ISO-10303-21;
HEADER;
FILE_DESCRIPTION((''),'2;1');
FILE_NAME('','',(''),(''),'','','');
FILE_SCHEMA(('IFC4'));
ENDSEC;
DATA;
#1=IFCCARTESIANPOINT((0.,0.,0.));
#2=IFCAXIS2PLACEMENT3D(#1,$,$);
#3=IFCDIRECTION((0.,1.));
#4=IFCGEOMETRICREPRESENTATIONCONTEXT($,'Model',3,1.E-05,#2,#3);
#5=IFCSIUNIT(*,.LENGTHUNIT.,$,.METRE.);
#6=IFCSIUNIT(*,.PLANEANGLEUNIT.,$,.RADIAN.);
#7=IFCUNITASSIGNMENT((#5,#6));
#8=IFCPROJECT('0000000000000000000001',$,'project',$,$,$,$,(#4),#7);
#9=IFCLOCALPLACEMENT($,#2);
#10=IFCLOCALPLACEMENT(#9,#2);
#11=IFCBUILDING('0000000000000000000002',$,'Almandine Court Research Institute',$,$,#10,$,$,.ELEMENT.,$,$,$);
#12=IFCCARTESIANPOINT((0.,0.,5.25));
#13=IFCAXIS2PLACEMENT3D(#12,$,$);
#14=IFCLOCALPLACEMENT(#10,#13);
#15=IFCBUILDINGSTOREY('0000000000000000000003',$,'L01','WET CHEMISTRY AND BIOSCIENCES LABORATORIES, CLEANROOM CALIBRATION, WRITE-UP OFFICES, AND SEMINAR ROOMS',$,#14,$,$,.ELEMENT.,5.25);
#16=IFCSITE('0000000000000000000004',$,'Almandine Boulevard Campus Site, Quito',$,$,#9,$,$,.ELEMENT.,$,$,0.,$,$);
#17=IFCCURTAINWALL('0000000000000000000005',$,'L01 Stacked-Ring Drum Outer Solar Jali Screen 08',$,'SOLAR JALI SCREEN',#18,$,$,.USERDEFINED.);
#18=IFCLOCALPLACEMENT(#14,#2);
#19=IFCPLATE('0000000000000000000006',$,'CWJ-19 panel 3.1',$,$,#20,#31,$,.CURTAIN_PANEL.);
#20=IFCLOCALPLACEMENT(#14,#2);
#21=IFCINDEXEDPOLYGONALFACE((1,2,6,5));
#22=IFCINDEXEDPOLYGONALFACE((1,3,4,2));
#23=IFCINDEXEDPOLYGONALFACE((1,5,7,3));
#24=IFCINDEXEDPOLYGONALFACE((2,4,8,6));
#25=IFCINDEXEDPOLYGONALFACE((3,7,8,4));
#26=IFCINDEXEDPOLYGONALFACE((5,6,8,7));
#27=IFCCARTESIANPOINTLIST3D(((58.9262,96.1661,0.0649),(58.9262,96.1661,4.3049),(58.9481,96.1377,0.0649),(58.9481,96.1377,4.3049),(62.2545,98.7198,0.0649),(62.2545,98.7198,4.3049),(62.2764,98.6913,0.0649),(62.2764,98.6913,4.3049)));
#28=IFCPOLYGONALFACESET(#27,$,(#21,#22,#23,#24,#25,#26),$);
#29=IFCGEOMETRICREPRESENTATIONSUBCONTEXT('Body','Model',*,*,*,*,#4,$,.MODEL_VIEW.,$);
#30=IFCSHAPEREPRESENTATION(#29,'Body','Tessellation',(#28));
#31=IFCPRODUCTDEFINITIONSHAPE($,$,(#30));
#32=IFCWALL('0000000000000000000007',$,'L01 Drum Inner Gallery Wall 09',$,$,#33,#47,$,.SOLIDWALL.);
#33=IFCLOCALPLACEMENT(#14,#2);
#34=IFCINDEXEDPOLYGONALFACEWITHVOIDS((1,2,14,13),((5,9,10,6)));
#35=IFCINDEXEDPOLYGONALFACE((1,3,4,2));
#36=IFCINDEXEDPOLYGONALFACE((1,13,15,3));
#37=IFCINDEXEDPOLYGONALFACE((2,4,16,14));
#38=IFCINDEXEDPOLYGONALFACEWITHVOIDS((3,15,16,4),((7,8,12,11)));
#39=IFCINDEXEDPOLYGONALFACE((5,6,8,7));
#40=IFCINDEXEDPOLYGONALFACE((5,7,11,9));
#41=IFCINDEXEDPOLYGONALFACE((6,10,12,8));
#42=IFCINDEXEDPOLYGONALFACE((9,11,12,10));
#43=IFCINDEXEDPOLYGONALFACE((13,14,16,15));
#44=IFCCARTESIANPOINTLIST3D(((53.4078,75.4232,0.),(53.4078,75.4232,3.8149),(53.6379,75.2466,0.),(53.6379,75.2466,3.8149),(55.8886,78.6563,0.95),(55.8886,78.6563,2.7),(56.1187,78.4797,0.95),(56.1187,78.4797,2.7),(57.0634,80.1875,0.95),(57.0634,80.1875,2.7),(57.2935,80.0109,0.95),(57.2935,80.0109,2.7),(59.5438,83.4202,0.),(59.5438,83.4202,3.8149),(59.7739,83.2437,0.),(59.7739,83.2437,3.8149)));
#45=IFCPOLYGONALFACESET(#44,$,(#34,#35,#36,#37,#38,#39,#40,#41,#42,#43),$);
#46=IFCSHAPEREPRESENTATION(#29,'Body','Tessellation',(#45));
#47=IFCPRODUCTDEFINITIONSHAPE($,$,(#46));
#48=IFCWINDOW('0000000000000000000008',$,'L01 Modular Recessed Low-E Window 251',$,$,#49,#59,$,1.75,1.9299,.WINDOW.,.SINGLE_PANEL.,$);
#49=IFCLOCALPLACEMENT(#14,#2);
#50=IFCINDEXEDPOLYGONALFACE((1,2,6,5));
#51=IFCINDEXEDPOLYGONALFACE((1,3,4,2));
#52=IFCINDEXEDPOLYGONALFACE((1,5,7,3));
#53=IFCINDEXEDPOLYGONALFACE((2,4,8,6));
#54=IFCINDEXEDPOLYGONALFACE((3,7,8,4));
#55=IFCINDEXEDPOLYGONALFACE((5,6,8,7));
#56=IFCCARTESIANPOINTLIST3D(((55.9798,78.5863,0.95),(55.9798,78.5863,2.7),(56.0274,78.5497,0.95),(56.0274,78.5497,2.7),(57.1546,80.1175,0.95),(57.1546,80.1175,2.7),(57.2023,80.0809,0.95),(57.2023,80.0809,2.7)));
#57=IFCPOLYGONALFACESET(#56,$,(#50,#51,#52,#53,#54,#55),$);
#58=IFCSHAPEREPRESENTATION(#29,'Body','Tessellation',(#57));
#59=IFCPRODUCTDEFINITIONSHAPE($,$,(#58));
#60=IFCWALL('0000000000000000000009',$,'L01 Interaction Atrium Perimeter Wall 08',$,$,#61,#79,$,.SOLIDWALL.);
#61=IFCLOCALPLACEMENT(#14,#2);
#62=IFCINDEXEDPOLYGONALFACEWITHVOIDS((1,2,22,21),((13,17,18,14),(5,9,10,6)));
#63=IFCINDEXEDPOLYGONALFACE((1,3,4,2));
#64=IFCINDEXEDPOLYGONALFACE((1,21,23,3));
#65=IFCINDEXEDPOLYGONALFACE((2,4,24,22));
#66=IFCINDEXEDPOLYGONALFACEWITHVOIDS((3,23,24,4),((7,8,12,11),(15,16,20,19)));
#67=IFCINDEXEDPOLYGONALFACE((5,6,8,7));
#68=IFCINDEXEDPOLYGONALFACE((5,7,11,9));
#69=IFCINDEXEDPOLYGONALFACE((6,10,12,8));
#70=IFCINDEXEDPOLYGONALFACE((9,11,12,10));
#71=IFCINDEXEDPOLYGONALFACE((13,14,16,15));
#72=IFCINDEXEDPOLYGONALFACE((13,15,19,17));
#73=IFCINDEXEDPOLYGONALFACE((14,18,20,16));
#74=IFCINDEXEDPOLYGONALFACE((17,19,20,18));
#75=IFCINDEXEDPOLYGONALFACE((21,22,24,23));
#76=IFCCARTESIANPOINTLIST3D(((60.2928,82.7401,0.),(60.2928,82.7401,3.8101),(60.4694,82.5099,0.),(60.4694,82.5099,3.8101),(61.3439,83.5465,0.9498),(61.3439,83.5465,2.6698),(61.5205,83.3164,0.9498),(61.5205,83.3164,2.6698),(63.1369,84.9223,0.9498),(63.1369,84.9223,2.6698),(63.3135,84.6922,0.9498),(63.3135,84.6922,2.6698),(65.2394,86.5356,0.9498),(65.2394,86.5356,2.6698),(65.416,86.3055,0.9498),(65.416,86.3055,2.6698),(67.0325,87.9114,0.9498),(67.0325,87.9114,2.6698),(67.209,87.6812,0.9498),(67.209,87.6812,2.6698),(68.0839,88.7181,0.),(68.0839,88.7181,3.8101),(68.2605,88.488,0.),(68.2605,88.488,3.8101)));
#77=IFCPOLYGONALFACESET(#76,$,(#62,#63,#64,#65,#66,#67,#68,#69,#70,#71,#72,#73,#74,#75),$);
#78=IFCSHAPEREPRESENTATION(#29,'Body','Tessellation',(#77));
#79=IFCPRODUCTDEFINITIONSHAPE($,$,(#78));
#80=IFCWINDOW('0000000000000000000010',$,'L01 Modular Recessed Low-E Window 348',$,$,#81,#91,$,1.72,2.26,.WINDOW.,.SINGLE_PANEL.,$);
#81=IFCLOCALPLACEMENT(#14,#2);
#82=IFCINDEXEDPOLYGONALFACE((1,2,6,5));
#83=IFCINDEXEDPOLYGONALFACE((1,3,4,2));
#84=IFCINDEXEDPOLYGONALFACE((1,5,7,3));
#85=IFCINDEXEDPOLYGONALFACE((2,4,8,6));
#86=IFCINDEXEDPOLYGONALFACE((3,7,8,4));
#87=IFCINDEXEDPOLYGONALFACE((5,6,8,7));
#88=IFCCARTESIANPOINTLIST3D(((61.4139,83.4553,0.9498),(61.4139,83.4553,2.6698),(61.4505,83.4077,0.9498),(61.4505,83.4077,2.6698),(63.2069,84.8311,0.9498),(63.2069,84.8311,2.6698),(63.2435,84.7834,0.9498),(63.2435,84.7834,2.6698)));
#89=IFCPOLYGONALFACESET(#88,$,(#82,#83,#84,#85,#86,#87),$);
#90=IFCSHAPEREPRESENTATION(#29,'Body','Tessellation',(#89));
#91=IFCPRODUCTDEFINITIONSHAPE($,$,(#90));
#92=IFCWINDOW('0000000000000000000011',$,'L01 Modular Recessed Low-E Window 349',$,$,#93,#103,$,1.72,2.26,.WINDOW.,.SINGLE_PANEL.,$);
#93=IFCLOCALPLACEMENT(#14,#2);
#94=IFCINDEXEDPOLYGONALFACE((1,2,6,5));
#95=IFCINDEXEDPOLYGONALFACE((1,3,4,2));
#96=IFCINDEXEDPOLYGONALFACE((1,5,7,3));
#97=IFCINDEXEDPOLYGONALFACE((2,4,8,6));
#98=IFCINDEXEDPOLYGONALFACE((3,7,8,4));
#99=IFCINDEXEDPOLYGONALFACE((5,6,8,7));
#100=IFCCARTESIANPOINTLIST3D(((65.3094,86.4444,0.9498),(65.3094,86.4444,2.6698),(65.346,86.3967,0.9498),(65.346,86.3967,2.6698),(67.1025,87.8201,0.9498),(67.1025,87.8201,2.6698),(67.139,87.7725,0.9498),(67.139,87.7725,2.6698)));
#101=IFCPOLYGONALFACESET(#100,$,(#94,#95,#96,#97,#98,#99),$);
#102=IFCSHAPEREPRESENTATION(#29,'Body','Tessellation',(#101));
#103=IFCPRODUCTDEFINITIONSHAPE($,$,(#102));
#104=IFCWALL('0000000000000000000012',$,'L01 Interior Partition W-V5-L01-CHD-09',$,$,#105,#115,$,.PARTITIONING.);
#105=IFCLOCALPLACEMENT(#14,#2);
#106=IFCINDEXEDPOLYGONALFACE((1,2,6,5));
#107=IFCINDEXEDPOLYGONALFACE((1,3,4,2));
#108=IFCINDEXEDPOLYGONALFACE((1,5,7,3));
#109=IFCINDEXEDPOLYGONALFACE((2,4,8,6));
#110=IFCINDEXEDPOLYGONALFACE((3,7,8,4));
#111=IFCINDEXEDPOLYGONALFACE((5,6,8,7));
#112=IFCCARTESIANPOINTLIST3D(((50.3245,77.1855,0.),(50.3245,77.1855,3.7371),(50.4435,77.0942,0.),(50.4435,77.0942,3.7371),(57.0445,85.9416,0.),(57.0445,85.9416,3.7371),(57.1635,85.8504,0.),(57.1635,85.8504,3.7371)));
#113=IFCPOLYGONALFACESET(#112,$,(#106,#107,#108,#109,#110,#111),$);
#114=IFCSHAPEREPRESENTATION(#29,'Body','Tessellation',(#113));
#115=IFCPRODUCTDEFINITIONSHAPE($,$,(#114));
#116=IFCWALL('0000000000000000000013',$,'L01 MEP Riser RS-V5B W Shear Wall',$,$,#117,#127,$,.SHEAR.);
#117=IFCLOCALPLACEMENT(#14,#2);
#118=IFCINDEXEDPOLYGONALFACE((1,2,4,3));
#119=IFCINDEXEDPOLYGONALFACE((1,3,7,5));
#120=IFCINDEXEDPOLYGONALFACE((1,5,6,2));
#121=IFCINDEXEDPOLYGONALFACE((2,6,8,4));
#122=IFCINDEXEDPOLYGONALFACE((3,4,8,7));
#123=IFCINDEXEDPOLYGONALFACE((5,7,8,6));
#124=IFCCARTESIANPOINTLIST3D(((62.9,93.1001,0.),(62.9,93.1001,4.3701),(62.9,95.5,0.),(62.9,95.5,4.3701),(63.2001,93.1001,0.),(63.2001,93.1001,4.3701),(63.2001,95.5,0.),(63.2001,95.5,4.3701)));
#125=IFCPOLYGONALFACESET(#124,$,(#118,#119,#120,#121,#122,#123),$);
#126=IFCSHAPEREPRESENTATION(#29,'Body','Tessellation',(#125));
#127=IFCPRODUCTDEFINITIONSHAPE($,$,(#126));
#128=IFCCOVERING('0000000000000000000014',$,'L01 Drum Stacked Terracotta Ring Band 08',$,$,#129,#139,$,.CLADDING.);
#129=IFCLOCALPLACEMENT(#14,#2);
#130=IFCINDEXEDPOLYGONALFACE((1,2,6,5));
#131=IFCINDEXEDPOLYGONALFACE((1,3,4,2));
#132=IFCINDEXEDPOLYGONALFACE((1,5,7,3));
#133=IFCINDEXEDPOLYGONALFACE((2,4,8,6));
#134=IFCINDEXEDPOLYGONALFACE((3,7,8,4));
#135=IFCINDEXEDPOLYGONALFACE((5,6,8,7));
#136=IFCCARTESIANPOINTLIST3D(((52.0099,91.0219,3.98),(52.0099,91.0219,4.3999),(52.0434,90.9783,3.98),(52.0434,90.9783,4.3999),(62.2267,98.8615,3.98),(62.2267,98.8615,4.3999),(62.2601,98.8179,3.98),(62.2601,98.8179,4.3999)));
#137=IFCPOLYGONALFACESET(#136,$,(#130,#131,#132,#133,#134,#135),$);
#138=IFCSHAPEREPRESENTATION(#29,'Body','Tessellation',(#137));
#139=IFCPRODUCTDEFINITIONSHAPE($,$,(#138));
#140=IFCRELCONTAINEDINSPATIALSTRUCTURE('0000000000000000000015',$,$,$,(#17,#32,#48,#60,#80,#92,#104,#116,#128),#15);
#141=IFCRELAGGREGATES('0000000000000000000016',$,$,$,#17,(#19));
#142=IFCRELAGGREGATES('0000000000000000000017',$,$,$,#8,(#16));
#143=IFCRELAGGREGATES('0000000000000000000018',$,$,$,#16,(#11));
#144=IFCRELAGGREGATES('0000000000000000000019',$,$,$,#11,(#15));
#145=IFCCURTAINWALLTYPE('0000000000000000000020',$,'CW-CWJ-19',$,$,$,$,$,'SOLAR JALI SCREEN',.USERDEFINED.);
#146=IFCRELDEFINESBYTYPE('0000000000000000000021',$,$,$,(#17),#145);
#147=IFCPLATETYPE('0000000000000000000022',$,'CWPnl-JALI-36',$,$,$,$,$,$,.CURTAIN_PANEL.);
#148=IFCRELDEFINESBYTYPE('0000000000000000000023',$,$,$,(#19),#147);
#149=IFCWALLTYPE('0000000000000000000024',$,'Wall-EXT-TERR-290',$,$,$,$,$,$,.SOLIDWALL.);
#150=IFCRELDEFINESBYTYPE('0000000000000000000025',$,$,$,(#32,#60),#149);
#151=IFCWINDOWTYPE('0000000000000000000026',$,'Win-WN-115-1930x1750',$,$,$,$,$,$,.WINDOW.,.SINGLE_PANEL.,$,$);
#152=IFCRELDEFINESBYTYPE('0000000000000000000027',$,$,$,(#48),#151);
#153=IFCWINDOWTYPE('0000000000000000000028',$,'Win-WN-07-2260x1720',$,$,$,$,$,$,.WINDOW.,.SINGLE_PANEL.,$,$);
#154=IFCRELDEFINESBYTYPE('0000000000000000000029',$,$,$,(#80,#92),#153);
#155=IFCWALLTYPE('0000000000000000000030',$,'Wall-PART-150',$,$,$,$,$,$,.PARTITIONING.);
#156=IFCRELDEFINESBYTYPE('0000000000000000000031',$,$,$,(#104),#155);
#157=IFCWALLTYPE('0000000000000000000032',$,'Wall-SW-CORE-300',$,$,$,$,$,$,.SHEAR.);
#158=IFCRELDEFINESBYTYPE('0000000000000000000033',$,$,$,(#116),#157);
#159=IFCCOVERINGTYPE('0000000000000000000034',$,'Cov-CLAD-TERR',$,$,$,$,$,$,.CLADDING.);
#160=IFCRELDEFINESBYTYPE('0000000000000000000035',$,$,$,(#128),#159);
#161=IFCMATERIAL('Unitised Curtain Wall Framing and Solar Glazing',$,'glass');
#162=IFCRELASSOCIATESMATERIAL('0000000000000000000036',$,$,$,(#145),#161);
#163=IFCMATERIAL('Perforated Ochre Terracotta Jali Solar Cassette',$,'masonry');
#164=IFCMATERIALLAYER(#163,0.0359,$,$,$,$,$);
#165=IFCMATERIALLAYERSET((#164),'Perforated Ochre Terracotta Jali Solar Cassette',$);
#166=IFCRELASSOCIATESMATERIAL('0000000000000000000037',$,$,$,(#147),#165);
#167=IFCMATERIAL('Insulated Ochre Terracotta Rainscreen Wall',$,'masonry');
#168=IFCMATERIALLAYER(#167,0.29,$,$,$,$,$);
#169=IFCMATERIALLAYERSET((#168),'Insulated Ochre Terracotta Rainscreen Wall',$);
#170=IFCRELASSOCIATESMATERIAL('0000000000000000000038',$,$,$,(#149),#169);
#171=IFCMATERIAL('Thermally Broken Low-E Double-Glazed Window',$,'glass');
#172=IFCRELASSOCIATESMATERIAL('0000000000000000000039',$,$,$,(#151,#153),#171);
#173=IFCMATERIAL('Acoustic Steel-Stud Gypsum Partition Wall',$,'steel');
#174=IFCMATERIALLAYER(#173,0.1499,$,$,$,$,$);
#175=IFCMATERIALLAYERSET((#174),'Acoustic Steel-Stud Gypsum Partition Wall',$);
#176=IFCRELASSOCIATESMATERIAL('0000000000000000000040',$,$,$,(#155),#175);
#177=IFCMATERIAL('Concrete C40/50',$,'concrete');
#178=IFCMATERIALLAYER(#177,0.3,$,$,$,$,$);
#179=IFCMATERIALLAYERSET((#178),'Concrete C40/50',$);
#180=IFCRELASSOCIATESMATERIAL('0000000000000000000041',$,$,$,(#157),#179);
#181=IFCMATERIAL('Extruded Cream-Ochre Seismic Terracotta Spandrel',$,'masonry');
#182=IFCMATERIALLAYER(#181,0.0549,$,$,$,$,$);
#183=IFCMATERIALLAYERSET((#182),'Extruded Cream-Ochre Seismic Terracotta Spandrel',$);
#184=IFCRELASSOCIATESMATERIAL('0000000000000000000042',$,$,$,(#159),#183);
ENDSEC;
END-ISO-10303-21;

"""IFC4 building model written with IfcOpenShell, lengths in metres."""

from ifc_helpers import new_model, si_unit, direction, frame, frame_2d, origin, origin_2d, place, context, subcontext, project, spatial, rectangle, extrude, material, layer, layer_set, type_object, element, fill, aggregate, save


model = new_model("IFC4")

# Units and contexts
model_context = context("Model", 3, precision=1e-05, world=origin(), true_north=direction((0.0, 1.0)))
body_context = subcontext(model_context, "Body", "Model", "MODEL_VIEW")
ifc_project = project(units=[si_unit("LENGTHUNIT", "METRE"), si_unit("PLANEANGLEUNIT", "RADIAN")], contexts=[model_context])

# Site, building, storey
site_placement = place(None, origin())
site = spatial("IfcSite", under=ifc_project, at=site_placement, Name="Almandine Boulevard Campus Site, Quito", CompositionType="ELEMENT", RefElevation=0.0)
building_placement = place(site_placement, origin())
building = spatial("IfcBuilding", under=site, at=building_placement, Name="Almandine Court Research Institute", CompositionType="ELEMENT")
storey_placement = place(building_placement, frame((0.0, 0.0, 5.25)))
storey = spatial("IfcBuildingStorey", under=building, at=storey_placement, Name="L01", Description="WET CHEMISTRY AND BIOSCIENCES LABORATORIES, CLEANROOM CALIBRATION, WRITE-UP OFFICES, AND SEMINAR ROOMS", CompositionType="ELEMENT", Elevation=5.25)

# Shared definitions
ifc_material_1 = material(Name="Unitised Curtain Wall Framing and Solar Glazing", Category="glass")

# Curtain wall
curtain_wall_type_1 = type_object("IfcCurtainWallType", Name="CW-CWJ-19", ElementType="SOLAR JALI SCREEN", PredefinedType="USERDEFINED", material=ifc_material_1)
curtain_wall_1_placement = place(storey_placement, origin())
curtain_wall_1 = element("IfcCurtainWall", 1, at=curtain_wall_1_placement, inside=storey, type_object=curtain_wall_type_1, Name="L01 Stacked-Ring Drum Outer Solar Jali Screen 08", ObjectType="SOLAR JALI SCREEN", PredefinedType="USERDEFINED")

# Plate
ifc_material_2 = material(Name="Perforated Ochre Terracotta Jali Solar Cassette", Category="masonry")
ifc_layer_1 = layer(ifc_material_2, 0.0359)
ifc_layer_set_1 = layer_set([ifc_layer_1], Name="Perforated Ochre Terracotta Jali Solar Cassette")
plate_type = type_object("IfcPlateType", Name="CWPnl-JALI-36", PredefinedType="CURTAIN_PANEL", material=ifc_layer_set_1)
plate_1_placement = place(storey_placement, frame((60.6013, 97.4287, 0.0649), z_axis=(0.0, 0.0, 1.0), x_axis=(0.793383, 0.608723, 0.0)))
plate_1 = element("IfcPlate", 2, at=plate_1_placement, type_object=plate_type, Name="CWJ-19 panel 3.1", PredefinedType="CURTAIN_PANEL", context=body_context, shape_type="SweptSolid", body=[
    extrude(rectangle(XDim=4.1951, YDim=0.0359, at=origin_2d()), origin(), (0.0, 0.0, 1.0), 4.24),
])
aggregate(curtain_wall_1, [plate_1])

# Wall, opening, window
ifc_material_3 = material(Name="Insulated Ochre Terracotta Rainscreen Wall", Category="masonry")
ifc_layer_2 = layer(ifc_material_3, 0.29)
ifc_layer_set_2 = layer_set([ifc_layer_2], Name="Insulated Ochre Terracotta Rainscreen Wall")
wall_type_1 = type_object("IfcWallType", Name="Wall-EXT-TERR-290", PredefinedType="SOLIDWALL", material=ifc_layer_set_2)
wall_1_placement = place(storey_placement, frame((59.6589, 83.332, 0.0), z_axis=(0.0, 0.0, 1.0), x_axis=(-0.608738, -0.793372, 0.0)))
wall_1 = element("IfcWall", 3, at=wall_1_placement, inside=storey, type_object=wall_type_1, Name="L01 Drum Inner Gallery Wall 09", PredefinedType="SOLIDWALL", context=body_context, shape_type="SweptSolid", body=[
    extrude(rectangle(XDim=10.0798, YDim=0.29, at=frame_2d((5.04, 0.0))), origin(), (0.0, 0.0, 1.0), 3.8149),
])
opening_1_placement = place(wall_1_placement, frame((4.075, 0.0, 0.95)))
opening_1 = element("IfcOpeningElement", 4, at=opening_1_placement, cuts=wall_1, PredefinedType="OPENING", context=body_context, shape_type="SweptSolid", body=[
    extrude(rectangle(XDim=1.9299, YDim=1.75, at=frame_2d((0.9648, 0.875))), frame((0.0, 0.155, 0.0), z_axis=(0.0, -1.0, 0.0), x_axis=(1.0, 0.0, 0.0)), (0.0, 0.0, 1.0), 0.3101),
])
ifc_material_4 = material(Name="Thermally Broken Low-E Double-Glazed Window", Category="glass")
window_type_1 = type_object("IfcWindowType", Name="Win-WN-115-1930x1750", PartitioningType="SINGLE_PANEL", PredefinedType="WINDOW", material=ifc_material_4)
window_1_placement = place(opening_1_placement, origin())
window_1 = element("IfcWindow", 5, at=window_1_placement, inside=storey, type_object=window_type_1, Name="L01 Modular Recessed Low-E Window 251", OverallHeight=1.75, OverallWidth=1.9299, PartitioningType="SINGLE_PANEL", PredefinedType="WINDOW", context=body_context, shape_type="SweptSolid", body=[
    extrude(rectangle(XDim=1.9299, YDim=1.75, at=frame_2d((0.9648, 0.875))), frame((0.0, 0.03, 0.0), z_axis=(0.0, -1.0, 0.0), x_axis=(1.0, 0.0, 0.0)), (0.0, 0.0, 1.0), 0.0601),
])
fill(opening_1, window_1)

# Wall, openings, windows
wall_2_placement = place(storey_placement, frame((60.3811, 82.625, 0.0), z_axis=(0.0, 0.0, 1.0), x_axis=(0.793365, 0.608747, 0.0)))
wall_2 = element("IfcWall", 6, at=wall_2_placement, inside=storey, type_object=wall_type_1, Name="L01 Interaction Atrium Perimeter Wall 08", PredefinedType="SOLIDWALL", context=body_context, shape_type="SweptSolid", body=[
    extrude(rectangle(XDim=9.8203, YDim=0.29, at=frame_2d((4.9102, 0.0))), origin(), (0.0, 0.0, 1.0), 3.8101),
])
opening_2_placement = place(wall_2_placement, frame((1.325, 0.0, 0.95)))
opening_2 = element("IfcOpeningElement", 7, at=opening_2_placement, cuts=wall_2, PredefinedType="OPENING", context=body_context, shape_type="SweptSolid", body=[
    extrude(rectangle(XDim=2.26, YDim=1.72, at=frame_2d((1.1299, 0.8599))), frame((0.0, 0.155, 0.0), z_axis=(0.0, -1.0, 0.0), x_axis=(1.0, 0.0, 0.0)), (0.0, 0.0, 1.0), 0.3101),
])
opening_3_placement = place(wall_2_placement, frame((6.2351, 0.0, 0.95)))
opening_3 = element("IfcOpeningElement", 8, at=opening_3_placement, cuts=wall_2, PredefinedType="OPENING", context=body_context, shape_type="SweptSolid", body=[
    extrude(rectangle(XDim=2.26, YDim=1.72, at=frame_2d((1.1299, 0.8599))), frame((0.0, 0.155, 0.0), z_axis=(0.0, -1.0, 0.0), x_axis=(1.0, 0.0, 0.0)), (0.0, 0.0, 1.0), 0.3101),
])
window_type_2 = type_object("IfcWindowType", Name="Win-WN-07-2260x1720", PartitioningType="SINGLE_PANEL", PredefinedType="WINDOW", material=ifc_material_4)
window_2_placement = place(opening_2_placement, origin())
window_2 = element("IfcWindow", 9, at=window_2_placement, inside=storey, type_object=window_type_2, Name="L01 Modular Recessed Low-E Window 348", OverallHeight=1.72, OverallWidth=2.26, PartitioningType="SINGLE_PANEL", PredefinedType="WINDOW", context=body_context, shape_type="SweptSolid", body=[
    extrude(rectangle(XDim=2.26, YDim=1.72, at=frame_2d((1.1299, 0.8599))), frame((0.0, 0.03, 0.0), z_axis=(0.0, -1.0, 0.0), x_axis=(1.0, 0.0, 0.0)), (0.0, 0.0, 1.0), 0.0601),
])
fill(opening_2, window_2)
window_3_placement = place(opening_3_placement, origin())
window_3 = element("IfcWindow", 10, at=window_3_placement, inside=storey, type_object=window_type_2, Name="L01 Modular Recessed Low-E Window 349", OverallHeight=1.72, OverallWidth=2.26, PartitioningType="SINGLE_PANEL", PredefinedType="WINDOW", context=body_context, shape_type="SweptSolid", body=[
    extrude(rectangle(XDim=2.26, YDim=1.72, at=frame_2d((1.1299, 0.8599))), frame((0.0, 0.03, 0.0), z_axis=(0.0, -1.0, 0.0), x_axis=(1.0, 0.0, 0.0)), (0.0, 0.0, 1.0), 0.0601),
])
fill(opening_3, window_3)

# Walls
ifc_material_5 = material(Name="Acoustic Steel-Stud Gypsum Partition Wall", Category="steel")
ifc_layer_3 = layer(ifc_material_5, 0.1499)
ifc_layer_set_3 = layer_set([ifc_layer_3], Name="Acoustic Steel-Stud Gypsum Partition Wall")
wall_type_2 = type_object("IfcWallType", Name="Wall-PART-150", PredefinedType="PARTITIONING", material=ifc_layer_set_3)
wall_3_placement = place(storey_placement, frame((57.104, 85.896, 0.0), z_axis=(0.0, 0.0, 1.0), x_axis=(-0.608828, -0.793302, 0.0)))
element("IfcWall", 11, at=wall_3_placement, inside=storey, type_object=wall_type_2, Name="L01 Interior Partition W-V5-L01-CHD-09", PredefinedType="PARTITIONING", context=body_context, shape_type="SweptSolid", body=[
    extrude(rectangle(XDim=11.0376, YDim=0.1499, at=frame_2d((5.5188, 0.0))), origin(), (0.0, 0.0, 1.0), 3.7371),
])
ifc_material_6 = material(Name="Concrete C40/50", Category="concrete")
ifc_layer_4 = layer(ifc_material_6, 0.3)
ifc_layer_set_4 = layer_set([ifc_layer_4], Name="Concrete C40/50")
wall_type_3 = type_object("IfcWallType", Name="Wall-SW-CORE-300", PredefinedType="SHEAR", material=ifc_layer_set_4)
wall_4_placement = place(storey_placement, frame((63.05, 93.1001, 0.0), z_axis=(0.0, 0.0, 1.0), x_axis=(0.0, 1.0, 0.0)))
element("IfcWall", 12, at=wall_4_placement, inside=storey, type_object=wall_type_3, Name="L01 MEP Riser RS-V5B W Shear Wall", PredefinedType="SHEAR", context=body_context, shape_type="SweptSolid", body=[
    extrude(rectangle(XDim=2.3999, YDim=0.3, at=frame_2d((1.2, 0.0))), origin(), (0.0, 0.0, 1.0), 4.3701),
])

# Covering
ifc_material_7 = material(Name="Extruded Cream-Ochre Seismic Terracotta Spandrel", Category="masonry")
ifc_layer_5 = layer(ifc_material_7, 0.0549)
ifc_layer_set_5 = layer_set([ifc_layer_5], Name="Extruded Cream-Ochre Seismic Terracotta Spandrel")
covering_type = type_object("IfcCoveringType", Name="Cov-CLAD-TERR", PredefinedType="CLADDING", material=ifc_layer_set_5)
covering_placement = place(storey_placement, frame((57.135, 94.9199, 3.98), z_axis=(0.0, 0.0, 1.0), x_axis=(0.793353, 0.608761, 0.0)))
element("IfcCovering", 13, at=covering_placement, inside=storey, type_object=covering_type, Name="L01 Drum Stacked Terracotta Ring Band 08", PredefinedType="CLADDING", context=body_context, shape_type="SweptSolid", body=[
    extrude(rectangle(XDim=12.8779, YDim=0.0549, at=origin_2d()), origin(), (0.0, 0.0, 1.0), 0.4199),
])

save(model, "model.ifc")
